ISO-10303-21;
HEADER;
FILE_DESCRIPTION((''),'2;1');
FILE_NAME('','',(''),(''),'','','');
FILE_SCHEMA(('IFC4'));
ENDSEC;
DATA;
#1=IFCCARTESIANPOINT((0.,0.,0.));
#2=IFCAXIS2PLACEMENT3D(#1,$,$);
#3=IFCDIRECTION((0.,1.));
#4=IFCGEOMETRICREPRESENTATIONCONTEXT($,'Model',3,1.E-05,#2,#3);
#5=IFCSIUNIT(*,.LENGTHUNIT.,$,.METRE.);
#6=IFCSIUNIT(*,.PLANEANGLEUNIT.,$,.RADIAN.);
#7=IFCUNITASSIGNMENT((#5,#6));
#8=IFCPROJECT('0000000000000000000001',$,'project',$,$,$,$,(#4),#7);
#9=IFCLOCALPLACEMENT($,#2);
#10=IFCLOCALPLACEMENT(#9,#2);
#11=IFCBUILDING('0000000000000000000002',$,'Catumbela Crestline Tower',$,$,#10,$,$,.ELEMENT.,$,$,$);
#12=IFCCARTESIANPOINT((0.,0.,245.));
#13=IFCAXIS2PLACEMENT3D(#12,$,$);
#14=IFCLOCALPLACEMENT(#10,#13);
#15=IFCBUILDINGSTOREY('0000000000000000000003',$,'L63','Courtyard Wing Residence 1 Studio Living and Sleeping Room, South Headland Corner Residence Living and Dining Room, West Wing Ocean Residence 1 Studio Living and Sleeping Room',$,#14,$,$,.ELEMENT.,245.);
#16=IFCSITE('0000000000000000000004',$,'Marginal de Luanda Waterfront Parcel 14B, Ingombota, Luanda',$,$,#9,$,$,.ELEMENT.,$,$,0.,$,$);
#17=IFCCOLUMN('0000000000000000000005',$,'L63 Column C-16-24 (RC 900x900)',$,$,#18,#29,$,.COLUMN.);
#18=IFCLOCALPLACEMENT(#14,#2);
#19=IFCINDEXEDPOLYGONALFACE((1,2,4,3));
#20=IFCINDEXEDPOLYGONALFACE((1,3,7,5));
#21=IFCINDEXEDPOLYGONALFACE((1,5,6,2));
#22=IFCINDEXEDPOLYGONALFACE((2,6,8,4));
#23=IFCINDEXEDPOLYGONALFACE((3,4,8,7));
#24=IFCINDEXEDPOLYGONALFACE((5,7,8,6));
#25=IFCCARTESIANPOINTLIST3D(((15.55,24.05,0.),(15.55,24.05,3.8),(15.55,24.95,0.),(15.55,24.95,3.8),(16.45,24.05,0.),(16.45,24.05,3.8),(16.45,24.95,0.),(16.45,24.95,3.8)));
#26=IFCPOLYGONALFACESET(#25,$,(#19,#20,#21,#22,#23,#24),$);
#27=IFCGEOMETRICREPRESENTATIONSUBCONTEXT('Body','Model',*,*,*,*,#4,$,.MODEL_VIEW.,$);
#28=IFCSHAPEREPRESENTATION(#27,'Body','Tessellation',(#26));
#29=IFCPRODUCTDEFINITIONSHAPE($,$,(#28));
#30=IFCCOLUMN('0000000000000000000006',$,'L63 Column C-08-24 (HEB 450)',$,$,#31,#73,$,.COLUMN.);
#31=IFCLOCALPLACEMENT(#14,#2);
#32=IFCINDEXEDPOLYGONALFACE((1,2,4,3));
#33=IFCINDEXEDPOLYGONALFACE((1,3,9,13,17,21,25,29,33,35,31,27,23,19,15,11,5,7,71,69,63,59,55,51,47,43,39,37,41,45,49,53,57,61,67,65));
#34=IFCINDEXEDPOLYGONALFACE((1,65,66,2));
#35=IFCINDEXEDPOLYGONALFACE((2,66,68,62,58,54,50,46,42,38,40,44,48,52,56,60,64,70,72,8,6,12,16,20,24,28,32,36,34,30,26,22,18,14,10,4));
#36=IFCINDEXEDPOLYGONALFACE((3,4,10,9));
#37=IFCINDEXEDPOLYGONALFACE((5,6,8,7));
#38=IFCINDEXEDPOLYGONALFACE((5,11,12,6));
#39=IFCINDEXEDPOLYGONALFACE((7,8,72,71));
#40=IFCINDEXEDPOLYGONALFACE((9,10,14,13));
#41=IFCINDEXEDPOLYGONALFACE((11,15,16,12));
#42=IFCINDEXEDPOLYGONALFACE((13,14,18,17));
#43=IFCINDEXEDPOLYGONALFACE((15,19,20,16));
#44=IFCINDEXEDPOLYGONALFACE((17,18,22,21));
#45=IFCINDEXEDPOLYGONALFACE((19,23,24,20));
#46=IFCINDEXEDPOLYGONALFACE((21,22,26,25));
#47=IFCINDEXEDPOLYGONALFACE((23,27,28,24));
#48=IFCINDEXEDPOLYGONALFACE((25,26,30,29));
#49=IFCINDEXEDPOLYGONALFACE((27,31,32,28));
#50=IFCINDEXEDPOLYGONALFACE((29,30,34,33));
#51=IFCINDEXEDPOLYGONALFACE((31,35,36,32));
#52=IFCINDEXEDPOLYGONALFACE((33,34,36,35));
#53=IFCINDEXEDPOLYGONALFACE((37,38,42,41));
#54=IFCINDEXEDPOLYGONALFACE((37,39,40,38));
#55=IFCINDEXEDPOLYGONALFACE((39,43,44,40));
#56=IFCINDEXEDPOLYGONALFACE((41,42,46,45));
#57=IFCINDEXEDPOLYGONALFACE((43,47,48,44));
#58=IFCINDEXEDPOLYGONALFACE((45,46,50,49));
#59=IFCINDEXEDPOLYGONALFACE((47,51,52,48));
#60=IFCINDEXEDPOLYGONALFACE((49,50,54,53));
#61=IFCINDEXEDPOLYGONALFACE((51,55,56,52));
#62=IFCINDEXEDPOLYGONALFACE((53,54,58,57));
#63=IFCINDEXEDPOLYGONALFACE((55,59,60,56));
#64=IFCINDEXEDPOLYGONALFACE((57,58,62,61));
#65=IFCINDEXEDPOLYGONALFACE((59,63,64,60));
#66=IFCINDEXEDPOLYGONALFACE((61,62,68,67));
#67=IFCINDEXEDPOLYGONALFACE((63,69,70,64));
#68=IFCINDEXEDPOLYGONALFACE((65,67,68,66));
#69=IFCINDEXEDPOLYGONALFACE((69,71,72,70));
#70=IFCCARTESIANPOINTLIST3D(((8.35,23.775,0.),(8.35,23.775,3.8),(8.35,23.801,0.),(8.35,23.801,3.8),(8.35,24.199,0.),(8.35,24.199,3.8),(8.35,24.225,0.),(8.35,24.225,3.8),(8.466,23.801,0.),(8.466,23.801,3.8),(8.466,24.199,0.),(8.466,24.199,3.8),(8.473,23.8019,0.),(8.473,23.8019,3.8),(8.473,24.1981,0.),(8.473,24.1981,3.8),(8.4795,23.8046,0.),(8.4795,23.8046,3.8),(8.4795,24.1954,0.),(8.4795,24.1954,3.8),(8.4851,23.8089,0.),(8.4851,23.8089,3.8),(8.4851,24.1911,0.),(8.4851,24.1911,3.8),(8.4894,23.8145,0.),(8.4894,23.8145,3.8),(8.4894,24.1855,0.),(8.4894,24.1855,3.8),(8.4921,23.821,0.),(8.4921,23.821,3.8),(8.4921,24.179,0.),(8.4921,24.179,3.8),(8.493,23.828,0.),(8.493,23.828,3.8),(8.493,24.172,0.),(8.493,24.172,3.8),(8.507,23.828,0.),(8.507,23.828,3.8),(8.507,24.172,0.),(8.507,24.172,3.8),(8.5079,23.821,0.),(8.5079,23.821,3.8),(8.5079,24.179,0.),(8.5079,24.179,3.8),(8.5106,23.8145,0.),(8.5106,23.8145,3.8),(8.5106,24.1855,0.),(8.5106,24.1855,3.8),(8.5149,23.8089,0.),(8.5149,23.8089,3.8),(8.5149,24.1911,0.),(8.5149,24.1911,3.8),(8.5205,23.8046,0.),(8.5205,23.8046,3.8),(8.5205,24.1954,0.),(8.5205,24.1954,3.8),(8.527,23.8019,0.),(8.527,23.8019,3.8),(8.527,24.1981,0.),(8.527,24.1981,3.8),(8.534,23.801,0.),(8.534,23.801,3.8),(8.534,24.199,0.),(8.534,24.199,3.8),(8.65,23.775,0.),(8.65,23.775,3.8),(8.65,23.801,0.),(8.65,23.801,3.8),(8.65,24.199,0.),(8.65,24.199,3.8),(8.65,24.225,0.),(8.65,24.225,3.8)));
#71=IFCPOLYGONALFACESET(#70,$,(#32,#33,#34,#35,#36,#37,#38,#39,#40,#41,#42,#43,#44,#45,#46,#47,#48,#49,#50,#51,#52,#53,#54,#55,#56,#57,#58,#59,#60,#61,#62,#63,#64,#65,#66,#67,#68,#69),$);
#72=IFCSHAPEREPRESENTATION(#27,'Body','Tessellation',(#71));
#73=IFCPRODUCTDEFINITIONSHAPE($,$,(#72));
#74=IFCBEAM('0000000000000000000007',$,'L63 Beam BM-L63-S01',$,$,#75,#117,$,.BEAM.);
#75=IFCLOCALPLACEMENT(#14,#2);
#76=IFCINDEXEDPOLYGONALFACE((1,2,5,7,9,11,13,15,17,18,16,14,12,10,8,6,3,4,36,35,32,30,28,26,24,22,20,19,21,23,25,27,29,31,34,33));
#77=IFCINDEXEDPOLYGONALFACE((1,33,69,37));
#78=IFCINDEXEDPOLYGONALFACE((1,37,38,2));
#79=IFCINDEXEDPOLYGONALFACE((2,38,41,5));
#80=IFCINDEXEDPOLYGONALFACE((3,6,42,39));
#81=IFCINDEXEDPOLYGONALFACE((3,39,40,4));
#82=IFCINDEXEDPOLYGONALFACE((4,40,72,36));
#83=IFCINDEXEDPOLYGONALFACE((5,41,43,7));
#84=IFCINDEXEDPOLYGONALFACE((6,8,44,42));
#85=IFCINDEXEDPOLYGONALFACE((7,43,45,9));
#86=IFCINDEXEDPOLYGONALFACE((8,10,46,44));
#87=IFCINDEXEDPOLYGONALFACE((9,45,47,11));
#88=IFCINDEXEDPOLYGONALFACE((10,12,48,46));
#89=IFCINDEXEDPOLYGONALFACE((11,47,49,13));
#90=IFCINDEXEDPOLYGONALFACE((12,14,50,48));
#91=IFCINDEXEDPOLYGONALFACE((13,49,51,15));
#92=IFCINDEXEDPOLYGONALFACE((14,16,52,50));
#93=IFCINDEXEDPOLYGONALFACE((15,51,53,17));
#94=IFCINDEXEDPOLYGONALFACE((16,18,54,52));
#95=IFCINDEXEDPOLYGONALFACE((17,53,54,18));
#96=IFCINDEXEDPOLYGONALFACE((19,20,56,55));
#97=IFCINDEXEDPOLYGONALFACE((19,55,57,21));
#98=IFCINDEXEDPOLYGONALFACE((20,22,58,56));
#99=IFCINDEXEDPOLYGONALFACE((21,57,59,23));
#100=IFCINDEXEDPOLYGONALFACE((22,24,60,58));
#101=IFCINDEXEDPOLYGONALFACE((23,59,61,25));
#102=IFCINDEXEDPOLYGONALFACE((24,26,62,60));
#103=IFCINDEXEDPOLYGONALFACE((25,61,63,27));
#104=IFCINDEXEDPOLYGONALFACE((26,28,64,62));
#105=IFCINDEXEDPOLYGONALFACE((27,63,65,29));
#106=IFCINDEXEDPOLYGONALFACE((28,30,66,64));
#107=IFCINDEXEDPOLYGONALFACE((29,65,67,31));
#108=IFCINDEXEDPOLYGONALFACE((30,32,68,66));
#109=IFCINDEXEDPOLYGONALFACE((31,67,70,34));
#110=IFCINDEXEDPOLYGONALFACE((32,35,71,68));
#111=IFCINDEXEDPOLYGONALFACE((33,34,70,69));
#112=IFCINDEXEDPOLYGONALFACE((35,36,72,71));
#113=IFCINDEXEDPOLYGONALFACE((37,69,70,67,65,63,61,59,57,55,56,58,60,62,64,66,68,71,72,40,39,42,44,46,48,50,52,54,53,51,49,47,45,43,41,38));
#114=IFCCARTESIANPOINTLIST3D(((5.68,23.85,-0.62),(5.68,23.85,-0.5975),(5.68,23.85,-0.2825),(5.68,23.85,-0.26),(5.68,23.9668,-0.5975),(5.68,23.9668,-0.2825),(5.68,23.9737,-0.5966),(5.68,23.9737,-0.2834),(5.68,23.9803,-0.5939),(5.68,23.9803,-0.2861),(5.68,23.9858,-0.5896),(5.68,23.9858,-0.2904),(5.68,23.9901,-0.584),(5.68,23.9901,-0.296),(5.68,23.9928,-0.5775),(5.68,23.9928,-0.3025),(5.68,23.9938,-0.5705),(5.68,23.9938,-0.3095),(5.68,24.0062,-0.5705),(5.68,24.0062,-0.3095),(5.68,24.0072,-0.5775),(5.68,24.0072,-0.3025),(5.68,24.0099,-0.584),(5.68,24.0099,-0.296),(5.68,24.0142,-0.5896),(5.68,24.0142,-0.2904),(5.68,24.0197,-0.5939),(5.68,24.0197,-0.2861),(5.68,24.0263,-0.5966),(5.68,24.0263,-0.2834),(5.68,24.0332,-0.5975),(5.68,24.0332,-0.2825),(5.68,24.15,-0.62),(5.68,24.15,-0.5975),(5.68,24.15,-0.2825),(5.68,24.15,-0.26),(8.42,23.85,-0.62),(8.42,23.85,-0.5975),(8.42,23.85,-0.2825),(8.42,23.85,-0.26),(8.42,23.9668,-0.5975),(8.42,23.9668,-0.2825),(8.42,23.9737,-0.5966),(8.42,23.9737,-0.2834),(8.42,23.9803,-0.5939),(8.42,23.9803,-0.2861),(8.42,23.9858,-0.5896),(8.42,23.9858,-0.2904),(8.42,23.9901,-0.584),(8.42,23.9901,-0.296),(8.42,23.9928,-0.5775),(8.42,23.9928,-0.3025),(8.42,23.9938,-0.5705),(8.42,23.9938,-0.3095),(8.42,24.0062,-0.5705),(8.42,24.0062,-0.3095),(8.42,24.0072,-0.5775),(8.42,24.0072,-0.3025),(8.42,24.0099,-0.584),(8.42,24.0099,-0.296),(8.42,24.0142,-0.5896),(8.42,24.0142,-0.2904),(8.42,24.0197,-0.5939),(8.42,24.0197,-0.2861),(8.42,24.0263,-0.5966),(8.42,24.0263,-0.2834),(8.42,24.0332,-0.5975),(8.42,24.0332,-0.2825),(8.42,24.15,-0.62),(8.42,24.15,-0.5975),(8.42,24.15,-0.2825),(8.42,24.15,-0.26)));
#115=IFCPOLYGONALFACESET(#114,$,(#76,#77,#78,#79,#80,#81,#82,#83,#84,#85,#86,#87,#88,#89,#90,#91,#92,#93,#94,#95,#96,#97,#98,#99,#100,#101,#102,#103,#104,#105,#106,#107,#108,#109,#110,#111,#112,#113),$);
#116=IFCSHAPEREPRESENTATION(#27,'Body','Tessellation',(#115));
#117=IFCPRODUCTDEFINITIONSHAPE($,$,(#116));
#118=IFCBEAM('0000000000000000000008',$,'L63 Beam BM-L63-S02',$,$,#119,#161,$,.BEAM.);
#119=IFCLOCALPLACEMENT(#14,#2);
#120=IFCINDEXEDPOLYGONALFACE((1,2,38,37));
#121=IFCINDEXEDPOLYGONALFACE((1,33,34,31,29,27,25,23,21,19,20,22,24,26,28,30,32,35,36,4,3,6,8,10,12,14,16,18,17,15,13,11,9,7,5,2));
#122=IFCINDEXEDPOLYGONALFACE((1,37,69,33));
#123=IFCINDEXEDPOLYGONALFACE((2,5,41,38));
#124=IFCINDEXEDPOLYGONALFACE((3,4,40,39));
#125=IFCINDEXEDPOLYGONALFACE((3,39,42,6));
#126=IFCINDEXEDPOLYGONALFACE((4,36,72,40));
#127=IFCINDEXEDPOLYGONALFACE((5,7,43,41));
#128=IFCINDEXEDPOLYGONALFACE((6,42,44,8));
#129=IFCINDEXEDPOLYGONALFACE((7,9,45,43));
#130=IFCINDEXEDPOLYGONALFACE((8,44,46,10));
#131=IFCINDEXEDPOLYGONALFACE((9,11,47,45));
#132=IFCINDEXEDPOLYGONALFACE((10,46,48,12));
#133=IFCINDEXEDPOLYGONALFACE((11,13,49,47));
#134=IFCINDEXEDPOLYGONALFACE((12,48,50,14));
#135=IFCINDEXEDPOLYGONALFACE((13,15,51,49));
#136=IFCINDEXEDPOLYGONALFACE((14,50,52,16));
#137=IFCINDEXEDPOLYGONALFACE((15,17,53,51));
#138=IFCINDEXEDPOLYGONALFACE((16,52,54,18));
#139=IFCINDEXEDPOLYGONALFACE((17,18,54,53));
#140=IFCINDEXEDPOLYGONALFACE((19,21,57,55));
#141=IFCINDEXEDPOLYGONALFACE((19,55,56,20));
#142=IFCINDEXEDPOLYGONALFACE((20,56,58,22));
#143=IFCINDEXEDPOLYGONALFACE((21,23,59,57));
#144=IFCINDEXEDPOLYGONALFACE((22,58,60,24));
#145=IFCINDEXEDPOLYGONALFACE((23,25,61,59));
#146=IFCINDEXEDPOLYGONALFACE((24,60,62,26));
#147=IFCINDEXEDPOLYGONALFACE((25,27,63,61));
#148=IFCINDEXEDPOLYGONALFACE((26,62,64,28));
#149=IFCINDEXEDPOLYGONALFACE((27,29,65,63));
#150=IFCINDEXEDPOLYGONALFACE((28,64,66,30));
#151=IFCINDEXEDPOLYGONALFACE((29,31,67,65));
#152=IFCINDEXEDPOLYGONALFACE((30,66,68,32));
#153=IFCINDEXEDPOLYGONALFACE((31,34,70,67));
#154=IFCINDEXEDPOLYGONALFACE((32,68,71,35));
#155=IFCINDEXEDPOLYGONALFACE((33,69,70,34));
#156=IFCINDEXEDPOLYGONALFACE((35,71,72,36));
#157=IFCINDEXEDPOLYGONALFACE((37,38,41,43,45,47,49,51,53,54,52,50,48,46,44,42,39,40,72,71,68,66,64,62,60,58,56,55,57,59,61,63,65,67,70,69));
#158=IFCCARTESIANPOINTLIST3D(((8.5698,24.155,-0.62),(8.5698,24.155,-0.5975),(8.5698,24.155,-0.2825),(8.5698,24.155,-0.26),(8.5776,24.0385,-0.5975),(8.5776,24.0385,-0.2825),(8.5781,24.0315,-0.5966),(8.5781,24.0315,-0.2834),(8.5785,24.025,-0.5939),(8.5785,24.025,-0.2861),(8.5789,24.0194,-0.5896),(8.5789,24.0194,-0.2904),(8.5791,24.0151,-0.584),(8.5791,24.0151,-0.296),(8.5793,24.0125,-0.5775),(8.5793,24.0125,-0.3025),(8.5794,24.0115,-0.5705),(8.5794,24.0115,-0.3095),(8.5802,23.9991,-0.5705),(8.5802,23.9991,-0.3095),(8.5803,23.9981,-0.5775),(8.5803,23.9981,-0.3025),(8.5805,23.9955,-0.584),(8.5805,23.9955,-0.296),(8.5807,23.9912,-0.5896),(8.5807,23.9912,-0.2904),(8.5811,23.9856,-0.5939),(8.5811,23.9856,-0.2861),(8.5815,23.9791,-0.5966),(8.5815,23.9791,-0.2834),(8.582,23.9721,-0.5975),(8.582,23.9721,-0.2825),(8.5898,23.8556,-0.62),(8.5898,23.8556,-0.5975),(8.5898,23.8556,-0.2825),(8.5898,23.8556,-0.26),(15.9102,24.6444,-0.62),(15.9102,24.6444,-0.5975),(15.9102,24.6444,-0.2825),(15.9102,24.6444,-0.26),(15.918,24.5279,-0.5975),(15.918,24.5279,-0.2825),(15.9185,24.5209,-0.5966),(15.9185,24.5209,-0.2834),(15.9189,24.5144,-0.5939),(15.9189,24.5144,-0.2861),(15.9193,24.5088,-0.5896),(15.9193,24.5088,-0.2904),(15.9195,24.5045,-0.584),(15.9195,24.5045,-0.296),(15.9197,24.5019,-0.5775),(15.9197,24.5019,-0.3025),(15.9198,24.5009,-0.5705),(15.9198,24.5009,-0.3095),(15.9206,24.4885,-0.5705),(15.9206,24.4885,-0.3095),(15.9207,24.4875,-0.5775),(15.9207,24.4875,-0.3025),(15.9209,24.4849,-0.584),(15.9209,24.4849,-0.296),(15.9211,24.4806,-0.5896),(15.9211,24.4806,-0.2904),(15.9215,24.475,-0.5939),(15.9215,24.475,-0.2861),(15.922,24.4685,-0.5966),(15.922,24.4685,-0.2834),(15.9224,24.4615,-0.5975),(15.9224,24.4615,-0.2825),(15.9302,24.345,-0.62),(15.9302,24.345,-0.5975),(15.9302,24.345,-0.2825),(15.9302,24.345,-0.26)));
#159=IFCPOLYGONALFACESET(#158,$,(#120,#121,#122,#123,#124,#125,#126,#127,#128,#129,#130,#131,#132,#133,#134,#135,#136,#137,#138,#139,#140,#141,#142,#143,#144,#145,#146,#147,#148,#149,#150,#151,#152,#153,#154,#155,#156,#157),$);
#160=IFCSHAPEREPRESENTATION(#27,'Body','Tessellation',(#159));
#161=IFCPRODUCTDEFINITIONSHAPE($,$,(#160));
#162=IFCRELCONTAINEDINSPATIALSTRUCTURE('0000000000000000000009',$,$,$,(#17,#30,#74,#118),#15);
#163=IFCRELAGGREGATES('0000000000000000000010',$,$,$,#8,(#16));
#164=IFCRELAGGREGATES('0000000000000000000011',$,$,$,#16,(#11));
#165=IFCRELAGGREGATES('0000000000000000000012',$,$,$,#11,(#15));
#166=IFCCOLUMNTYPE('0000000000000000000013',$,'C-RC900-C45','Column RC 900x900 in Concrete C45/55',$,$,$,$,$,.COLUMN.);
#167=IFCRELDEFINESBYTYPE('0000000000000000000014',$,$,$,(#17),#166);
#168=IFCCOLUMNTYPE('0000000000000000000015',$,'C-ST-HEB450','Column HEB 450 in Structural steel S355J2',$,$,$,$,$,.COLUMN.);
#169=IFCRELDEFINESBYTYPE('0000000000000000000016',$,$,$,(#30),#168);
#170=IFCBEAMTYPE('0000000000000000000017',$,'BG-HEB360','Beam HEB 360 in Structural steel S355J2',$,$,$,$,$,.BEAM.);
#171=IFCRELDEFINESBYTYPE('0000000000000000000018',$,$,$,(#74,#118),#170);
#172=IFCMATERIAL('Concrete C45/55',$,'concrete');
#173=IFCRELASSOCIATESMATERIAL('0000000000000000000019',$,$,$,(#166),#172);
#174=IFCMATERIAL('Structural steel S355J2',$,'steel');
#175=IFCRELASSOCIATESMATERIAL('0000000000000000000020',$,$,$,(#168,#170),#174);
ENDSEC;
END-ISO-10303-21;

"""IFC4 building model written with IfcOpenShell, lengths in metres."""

from ifc_helpers import new_model, si_unit, direction, frame, origin, origin_2d, place, context, subcontext, project, spatial, rectangle, i_section, extrude, material, material_profile, profile_set, type_object, element, save


model = new_model("IFC4")

# Units and contexts
model_context = context("Model", 3, precision=1e-05, world=origin(), true_north=direction((0.0, 1.0)))
body_context = subcontext(model_context, "Body", "Model", "MODEL_VIEW")
ifc_project = project(units=[si_unit("LENGTHUNIT", "METRE"), si_unit("PLANEANGLEUNIT", "RADIAN")], contexts=[model_context])

# Site, building, storey
site_placement = place(None, origin())
site = spatial("IfcSite", under=ifc_project, at=site_placement, Name="Marginal de Luanda Waterfront Parcel 14B, Ingombota, Luanda", CompositionType="ELEMENT", RefElevation=0.0)
building_placement = place(site_placement, origin())
building = spatial("IfcBuilding", under=site, at=building_placement, Name="Catumbela Crestline Tower", CompositionType="ELEMENT")
storey_placement = place(building_placement, frame((0.0, 0.0, 245.0)))
storey = spatial("IfcBuildingStorey", under=building, at=storey_placement, Name="L63", Description="Courtyard Wing Residence 1 Studio Living and Sleeping Room, South Headland Corner Residence Living and Dining Room, West Wing Ocean Residence 1 Studio Living and Sleeping Room", CompositionType="ELEMENT", Elevation=245.0)

# Columns
ifc_material_1 = material(Name="Concrete C45/55", Category="concrete")
ifc_material_profile_1 = material_profile(ifc_material_1, rectangle(XDim=0.9, YDim=0.9, at=origin_2d()), Name="RC 900x900")
ifc_profile_set_1 = profile_set([ifc_material_profile_1], Name="Concrete C45/55")
column_type_1 = type_object("IfcColumnType", Name="C-RC900-C45", Description="Column RC 900x900 in Concrete C45/55", PredefinedType="COLUMN", material=ifc_profile_set_1)
column_1_placement = place(storey_placement, frame((16.0, 24.5, 0.0), z_axis=(0.0, 0.0, 1.0), x_axis=(1.0, 0.0, 0.0)))
element("IfcColumn", 1, at=column_1_placement, inside=storey, type_object=column_type_1, Name="L63 Column C-16-24 (RC 900x900)", PredefinedType="COLUMN", context=body_context, shape_type="SweptSolid", body=[
    extrude(rectangle(XDim=0.9, YDim=0.9, at=origin_2d()), origin(), (0.0, 0.0, 1.0), 3.8),
])
ifc_material_2 = material(Name="Structural steel S355J2", Category="steel")
ifc_material_profile_2 = material_profile(ifc_material_2, i_section(OverallWidth=0.3, OverallDepth=0.45, WebThickness=0.014, FlangeThickness=0.026, FilletRadius=0.027, at=origin_2d()), Name="HEB 450")
ifc_profile_set_2 = profile_set([ifc_material_profile_2], Name="Structural steel S355J2")
column_type_2 = type_object("IfcColumnType", Name="C-ST-HEB450", Description="Column HEB 450 in Structural steel S355J2", PredefinedType="COLUMN", material=ifc_profile_set_2)
column_2_placement = place(storey_placement, frame((8.5, 24.0, 0.0), z_axis=(0.0, 0.0, 1.0), x_axis=(1.0, 0.0, 0.0)))
element("IfcColumn", 2, at=column_2_placement, inside=storey, type_object=column_type_2, Name="L63 Column C-08-24 (HEB 450)", PredefinedType="COLUMN", context=body_context, shape_type="SweptSolid", body=[
    extrude(i_section(OverallWidth=0.3, OverallDepth=0.45, WebThickness=0.014, FlangeThickness=0.026, FilletRadius=0.027, at=origin_2d()), origin(), (0.0, 0.0, 1.0), 3.8),
])

# Beams
ifc_material_profile_3 = material_profile(ifc_material_2, i_section(OverallWidth=0.3, OverallDepth=0.36, WebThickness=0.0125, FlangeThickness=0.0225, FilletRadius=0.027, at=origin_2d()), Name="HEB 360")
ifc_profile_set_3 = profile_set([ifc_material_profile_3], Name="Structural steel S355J2")
beam_type = type_object("IfcBeamType", Name="BG-HEB360", Description="Beam HEB 360 in Structural steel S355J2", PredefinedType="BEAM", material=ifc_profile_set_3)
beam_1_placement = place(storey_placement, frame((5.68, 24.0, -0.44), z_axis=(1.0, 0.0, 0.0), x_axis=(0.0, 1.0, 0.0)))
element("IfcBeam", 3, at=beam_1_placement, inside=storey, type_object=beam_type, Name="L63 Beam BM-L63-S01", PredefinedType="BEAM", context=body_context, shape_type="SweptSolid", body=[
    extrude(i_section(OverallWidth=0.3, OverallDepth=0.36, WebThickness=0.0125, FlangeThickness=0.0225, FilletRadius=0.027, at=origin_2d()), origin(), (0.0, 0.0, 1.0), 2.74),
])
beam_2_placement = place(storey_placement, frame((8.5798, 24.0053, -0.44), z_axis=(0.997785, 0.066524, 0.0), x_axis=(-0.066524, 0.997785, 0.0)))
element("IfcBeam", 4, at=beam_2_placement, inside=storey, type_object=beam_type, Name="L63 Beam BM-L63-S02", PredefinedType="BEAM", context=body_context, shape_type="SweptSolid", body=[
    extrude(i_section(OverallWidth=0.3, OverallDepth=0.36, WebThickness=0.0125, FlangeThickness=0.0225, FilletRadius=0.027, at=origin_2d()), origin(), (0.0, 0.0, 1.0), 7.3567),
])

save(model, "model.ifc")
